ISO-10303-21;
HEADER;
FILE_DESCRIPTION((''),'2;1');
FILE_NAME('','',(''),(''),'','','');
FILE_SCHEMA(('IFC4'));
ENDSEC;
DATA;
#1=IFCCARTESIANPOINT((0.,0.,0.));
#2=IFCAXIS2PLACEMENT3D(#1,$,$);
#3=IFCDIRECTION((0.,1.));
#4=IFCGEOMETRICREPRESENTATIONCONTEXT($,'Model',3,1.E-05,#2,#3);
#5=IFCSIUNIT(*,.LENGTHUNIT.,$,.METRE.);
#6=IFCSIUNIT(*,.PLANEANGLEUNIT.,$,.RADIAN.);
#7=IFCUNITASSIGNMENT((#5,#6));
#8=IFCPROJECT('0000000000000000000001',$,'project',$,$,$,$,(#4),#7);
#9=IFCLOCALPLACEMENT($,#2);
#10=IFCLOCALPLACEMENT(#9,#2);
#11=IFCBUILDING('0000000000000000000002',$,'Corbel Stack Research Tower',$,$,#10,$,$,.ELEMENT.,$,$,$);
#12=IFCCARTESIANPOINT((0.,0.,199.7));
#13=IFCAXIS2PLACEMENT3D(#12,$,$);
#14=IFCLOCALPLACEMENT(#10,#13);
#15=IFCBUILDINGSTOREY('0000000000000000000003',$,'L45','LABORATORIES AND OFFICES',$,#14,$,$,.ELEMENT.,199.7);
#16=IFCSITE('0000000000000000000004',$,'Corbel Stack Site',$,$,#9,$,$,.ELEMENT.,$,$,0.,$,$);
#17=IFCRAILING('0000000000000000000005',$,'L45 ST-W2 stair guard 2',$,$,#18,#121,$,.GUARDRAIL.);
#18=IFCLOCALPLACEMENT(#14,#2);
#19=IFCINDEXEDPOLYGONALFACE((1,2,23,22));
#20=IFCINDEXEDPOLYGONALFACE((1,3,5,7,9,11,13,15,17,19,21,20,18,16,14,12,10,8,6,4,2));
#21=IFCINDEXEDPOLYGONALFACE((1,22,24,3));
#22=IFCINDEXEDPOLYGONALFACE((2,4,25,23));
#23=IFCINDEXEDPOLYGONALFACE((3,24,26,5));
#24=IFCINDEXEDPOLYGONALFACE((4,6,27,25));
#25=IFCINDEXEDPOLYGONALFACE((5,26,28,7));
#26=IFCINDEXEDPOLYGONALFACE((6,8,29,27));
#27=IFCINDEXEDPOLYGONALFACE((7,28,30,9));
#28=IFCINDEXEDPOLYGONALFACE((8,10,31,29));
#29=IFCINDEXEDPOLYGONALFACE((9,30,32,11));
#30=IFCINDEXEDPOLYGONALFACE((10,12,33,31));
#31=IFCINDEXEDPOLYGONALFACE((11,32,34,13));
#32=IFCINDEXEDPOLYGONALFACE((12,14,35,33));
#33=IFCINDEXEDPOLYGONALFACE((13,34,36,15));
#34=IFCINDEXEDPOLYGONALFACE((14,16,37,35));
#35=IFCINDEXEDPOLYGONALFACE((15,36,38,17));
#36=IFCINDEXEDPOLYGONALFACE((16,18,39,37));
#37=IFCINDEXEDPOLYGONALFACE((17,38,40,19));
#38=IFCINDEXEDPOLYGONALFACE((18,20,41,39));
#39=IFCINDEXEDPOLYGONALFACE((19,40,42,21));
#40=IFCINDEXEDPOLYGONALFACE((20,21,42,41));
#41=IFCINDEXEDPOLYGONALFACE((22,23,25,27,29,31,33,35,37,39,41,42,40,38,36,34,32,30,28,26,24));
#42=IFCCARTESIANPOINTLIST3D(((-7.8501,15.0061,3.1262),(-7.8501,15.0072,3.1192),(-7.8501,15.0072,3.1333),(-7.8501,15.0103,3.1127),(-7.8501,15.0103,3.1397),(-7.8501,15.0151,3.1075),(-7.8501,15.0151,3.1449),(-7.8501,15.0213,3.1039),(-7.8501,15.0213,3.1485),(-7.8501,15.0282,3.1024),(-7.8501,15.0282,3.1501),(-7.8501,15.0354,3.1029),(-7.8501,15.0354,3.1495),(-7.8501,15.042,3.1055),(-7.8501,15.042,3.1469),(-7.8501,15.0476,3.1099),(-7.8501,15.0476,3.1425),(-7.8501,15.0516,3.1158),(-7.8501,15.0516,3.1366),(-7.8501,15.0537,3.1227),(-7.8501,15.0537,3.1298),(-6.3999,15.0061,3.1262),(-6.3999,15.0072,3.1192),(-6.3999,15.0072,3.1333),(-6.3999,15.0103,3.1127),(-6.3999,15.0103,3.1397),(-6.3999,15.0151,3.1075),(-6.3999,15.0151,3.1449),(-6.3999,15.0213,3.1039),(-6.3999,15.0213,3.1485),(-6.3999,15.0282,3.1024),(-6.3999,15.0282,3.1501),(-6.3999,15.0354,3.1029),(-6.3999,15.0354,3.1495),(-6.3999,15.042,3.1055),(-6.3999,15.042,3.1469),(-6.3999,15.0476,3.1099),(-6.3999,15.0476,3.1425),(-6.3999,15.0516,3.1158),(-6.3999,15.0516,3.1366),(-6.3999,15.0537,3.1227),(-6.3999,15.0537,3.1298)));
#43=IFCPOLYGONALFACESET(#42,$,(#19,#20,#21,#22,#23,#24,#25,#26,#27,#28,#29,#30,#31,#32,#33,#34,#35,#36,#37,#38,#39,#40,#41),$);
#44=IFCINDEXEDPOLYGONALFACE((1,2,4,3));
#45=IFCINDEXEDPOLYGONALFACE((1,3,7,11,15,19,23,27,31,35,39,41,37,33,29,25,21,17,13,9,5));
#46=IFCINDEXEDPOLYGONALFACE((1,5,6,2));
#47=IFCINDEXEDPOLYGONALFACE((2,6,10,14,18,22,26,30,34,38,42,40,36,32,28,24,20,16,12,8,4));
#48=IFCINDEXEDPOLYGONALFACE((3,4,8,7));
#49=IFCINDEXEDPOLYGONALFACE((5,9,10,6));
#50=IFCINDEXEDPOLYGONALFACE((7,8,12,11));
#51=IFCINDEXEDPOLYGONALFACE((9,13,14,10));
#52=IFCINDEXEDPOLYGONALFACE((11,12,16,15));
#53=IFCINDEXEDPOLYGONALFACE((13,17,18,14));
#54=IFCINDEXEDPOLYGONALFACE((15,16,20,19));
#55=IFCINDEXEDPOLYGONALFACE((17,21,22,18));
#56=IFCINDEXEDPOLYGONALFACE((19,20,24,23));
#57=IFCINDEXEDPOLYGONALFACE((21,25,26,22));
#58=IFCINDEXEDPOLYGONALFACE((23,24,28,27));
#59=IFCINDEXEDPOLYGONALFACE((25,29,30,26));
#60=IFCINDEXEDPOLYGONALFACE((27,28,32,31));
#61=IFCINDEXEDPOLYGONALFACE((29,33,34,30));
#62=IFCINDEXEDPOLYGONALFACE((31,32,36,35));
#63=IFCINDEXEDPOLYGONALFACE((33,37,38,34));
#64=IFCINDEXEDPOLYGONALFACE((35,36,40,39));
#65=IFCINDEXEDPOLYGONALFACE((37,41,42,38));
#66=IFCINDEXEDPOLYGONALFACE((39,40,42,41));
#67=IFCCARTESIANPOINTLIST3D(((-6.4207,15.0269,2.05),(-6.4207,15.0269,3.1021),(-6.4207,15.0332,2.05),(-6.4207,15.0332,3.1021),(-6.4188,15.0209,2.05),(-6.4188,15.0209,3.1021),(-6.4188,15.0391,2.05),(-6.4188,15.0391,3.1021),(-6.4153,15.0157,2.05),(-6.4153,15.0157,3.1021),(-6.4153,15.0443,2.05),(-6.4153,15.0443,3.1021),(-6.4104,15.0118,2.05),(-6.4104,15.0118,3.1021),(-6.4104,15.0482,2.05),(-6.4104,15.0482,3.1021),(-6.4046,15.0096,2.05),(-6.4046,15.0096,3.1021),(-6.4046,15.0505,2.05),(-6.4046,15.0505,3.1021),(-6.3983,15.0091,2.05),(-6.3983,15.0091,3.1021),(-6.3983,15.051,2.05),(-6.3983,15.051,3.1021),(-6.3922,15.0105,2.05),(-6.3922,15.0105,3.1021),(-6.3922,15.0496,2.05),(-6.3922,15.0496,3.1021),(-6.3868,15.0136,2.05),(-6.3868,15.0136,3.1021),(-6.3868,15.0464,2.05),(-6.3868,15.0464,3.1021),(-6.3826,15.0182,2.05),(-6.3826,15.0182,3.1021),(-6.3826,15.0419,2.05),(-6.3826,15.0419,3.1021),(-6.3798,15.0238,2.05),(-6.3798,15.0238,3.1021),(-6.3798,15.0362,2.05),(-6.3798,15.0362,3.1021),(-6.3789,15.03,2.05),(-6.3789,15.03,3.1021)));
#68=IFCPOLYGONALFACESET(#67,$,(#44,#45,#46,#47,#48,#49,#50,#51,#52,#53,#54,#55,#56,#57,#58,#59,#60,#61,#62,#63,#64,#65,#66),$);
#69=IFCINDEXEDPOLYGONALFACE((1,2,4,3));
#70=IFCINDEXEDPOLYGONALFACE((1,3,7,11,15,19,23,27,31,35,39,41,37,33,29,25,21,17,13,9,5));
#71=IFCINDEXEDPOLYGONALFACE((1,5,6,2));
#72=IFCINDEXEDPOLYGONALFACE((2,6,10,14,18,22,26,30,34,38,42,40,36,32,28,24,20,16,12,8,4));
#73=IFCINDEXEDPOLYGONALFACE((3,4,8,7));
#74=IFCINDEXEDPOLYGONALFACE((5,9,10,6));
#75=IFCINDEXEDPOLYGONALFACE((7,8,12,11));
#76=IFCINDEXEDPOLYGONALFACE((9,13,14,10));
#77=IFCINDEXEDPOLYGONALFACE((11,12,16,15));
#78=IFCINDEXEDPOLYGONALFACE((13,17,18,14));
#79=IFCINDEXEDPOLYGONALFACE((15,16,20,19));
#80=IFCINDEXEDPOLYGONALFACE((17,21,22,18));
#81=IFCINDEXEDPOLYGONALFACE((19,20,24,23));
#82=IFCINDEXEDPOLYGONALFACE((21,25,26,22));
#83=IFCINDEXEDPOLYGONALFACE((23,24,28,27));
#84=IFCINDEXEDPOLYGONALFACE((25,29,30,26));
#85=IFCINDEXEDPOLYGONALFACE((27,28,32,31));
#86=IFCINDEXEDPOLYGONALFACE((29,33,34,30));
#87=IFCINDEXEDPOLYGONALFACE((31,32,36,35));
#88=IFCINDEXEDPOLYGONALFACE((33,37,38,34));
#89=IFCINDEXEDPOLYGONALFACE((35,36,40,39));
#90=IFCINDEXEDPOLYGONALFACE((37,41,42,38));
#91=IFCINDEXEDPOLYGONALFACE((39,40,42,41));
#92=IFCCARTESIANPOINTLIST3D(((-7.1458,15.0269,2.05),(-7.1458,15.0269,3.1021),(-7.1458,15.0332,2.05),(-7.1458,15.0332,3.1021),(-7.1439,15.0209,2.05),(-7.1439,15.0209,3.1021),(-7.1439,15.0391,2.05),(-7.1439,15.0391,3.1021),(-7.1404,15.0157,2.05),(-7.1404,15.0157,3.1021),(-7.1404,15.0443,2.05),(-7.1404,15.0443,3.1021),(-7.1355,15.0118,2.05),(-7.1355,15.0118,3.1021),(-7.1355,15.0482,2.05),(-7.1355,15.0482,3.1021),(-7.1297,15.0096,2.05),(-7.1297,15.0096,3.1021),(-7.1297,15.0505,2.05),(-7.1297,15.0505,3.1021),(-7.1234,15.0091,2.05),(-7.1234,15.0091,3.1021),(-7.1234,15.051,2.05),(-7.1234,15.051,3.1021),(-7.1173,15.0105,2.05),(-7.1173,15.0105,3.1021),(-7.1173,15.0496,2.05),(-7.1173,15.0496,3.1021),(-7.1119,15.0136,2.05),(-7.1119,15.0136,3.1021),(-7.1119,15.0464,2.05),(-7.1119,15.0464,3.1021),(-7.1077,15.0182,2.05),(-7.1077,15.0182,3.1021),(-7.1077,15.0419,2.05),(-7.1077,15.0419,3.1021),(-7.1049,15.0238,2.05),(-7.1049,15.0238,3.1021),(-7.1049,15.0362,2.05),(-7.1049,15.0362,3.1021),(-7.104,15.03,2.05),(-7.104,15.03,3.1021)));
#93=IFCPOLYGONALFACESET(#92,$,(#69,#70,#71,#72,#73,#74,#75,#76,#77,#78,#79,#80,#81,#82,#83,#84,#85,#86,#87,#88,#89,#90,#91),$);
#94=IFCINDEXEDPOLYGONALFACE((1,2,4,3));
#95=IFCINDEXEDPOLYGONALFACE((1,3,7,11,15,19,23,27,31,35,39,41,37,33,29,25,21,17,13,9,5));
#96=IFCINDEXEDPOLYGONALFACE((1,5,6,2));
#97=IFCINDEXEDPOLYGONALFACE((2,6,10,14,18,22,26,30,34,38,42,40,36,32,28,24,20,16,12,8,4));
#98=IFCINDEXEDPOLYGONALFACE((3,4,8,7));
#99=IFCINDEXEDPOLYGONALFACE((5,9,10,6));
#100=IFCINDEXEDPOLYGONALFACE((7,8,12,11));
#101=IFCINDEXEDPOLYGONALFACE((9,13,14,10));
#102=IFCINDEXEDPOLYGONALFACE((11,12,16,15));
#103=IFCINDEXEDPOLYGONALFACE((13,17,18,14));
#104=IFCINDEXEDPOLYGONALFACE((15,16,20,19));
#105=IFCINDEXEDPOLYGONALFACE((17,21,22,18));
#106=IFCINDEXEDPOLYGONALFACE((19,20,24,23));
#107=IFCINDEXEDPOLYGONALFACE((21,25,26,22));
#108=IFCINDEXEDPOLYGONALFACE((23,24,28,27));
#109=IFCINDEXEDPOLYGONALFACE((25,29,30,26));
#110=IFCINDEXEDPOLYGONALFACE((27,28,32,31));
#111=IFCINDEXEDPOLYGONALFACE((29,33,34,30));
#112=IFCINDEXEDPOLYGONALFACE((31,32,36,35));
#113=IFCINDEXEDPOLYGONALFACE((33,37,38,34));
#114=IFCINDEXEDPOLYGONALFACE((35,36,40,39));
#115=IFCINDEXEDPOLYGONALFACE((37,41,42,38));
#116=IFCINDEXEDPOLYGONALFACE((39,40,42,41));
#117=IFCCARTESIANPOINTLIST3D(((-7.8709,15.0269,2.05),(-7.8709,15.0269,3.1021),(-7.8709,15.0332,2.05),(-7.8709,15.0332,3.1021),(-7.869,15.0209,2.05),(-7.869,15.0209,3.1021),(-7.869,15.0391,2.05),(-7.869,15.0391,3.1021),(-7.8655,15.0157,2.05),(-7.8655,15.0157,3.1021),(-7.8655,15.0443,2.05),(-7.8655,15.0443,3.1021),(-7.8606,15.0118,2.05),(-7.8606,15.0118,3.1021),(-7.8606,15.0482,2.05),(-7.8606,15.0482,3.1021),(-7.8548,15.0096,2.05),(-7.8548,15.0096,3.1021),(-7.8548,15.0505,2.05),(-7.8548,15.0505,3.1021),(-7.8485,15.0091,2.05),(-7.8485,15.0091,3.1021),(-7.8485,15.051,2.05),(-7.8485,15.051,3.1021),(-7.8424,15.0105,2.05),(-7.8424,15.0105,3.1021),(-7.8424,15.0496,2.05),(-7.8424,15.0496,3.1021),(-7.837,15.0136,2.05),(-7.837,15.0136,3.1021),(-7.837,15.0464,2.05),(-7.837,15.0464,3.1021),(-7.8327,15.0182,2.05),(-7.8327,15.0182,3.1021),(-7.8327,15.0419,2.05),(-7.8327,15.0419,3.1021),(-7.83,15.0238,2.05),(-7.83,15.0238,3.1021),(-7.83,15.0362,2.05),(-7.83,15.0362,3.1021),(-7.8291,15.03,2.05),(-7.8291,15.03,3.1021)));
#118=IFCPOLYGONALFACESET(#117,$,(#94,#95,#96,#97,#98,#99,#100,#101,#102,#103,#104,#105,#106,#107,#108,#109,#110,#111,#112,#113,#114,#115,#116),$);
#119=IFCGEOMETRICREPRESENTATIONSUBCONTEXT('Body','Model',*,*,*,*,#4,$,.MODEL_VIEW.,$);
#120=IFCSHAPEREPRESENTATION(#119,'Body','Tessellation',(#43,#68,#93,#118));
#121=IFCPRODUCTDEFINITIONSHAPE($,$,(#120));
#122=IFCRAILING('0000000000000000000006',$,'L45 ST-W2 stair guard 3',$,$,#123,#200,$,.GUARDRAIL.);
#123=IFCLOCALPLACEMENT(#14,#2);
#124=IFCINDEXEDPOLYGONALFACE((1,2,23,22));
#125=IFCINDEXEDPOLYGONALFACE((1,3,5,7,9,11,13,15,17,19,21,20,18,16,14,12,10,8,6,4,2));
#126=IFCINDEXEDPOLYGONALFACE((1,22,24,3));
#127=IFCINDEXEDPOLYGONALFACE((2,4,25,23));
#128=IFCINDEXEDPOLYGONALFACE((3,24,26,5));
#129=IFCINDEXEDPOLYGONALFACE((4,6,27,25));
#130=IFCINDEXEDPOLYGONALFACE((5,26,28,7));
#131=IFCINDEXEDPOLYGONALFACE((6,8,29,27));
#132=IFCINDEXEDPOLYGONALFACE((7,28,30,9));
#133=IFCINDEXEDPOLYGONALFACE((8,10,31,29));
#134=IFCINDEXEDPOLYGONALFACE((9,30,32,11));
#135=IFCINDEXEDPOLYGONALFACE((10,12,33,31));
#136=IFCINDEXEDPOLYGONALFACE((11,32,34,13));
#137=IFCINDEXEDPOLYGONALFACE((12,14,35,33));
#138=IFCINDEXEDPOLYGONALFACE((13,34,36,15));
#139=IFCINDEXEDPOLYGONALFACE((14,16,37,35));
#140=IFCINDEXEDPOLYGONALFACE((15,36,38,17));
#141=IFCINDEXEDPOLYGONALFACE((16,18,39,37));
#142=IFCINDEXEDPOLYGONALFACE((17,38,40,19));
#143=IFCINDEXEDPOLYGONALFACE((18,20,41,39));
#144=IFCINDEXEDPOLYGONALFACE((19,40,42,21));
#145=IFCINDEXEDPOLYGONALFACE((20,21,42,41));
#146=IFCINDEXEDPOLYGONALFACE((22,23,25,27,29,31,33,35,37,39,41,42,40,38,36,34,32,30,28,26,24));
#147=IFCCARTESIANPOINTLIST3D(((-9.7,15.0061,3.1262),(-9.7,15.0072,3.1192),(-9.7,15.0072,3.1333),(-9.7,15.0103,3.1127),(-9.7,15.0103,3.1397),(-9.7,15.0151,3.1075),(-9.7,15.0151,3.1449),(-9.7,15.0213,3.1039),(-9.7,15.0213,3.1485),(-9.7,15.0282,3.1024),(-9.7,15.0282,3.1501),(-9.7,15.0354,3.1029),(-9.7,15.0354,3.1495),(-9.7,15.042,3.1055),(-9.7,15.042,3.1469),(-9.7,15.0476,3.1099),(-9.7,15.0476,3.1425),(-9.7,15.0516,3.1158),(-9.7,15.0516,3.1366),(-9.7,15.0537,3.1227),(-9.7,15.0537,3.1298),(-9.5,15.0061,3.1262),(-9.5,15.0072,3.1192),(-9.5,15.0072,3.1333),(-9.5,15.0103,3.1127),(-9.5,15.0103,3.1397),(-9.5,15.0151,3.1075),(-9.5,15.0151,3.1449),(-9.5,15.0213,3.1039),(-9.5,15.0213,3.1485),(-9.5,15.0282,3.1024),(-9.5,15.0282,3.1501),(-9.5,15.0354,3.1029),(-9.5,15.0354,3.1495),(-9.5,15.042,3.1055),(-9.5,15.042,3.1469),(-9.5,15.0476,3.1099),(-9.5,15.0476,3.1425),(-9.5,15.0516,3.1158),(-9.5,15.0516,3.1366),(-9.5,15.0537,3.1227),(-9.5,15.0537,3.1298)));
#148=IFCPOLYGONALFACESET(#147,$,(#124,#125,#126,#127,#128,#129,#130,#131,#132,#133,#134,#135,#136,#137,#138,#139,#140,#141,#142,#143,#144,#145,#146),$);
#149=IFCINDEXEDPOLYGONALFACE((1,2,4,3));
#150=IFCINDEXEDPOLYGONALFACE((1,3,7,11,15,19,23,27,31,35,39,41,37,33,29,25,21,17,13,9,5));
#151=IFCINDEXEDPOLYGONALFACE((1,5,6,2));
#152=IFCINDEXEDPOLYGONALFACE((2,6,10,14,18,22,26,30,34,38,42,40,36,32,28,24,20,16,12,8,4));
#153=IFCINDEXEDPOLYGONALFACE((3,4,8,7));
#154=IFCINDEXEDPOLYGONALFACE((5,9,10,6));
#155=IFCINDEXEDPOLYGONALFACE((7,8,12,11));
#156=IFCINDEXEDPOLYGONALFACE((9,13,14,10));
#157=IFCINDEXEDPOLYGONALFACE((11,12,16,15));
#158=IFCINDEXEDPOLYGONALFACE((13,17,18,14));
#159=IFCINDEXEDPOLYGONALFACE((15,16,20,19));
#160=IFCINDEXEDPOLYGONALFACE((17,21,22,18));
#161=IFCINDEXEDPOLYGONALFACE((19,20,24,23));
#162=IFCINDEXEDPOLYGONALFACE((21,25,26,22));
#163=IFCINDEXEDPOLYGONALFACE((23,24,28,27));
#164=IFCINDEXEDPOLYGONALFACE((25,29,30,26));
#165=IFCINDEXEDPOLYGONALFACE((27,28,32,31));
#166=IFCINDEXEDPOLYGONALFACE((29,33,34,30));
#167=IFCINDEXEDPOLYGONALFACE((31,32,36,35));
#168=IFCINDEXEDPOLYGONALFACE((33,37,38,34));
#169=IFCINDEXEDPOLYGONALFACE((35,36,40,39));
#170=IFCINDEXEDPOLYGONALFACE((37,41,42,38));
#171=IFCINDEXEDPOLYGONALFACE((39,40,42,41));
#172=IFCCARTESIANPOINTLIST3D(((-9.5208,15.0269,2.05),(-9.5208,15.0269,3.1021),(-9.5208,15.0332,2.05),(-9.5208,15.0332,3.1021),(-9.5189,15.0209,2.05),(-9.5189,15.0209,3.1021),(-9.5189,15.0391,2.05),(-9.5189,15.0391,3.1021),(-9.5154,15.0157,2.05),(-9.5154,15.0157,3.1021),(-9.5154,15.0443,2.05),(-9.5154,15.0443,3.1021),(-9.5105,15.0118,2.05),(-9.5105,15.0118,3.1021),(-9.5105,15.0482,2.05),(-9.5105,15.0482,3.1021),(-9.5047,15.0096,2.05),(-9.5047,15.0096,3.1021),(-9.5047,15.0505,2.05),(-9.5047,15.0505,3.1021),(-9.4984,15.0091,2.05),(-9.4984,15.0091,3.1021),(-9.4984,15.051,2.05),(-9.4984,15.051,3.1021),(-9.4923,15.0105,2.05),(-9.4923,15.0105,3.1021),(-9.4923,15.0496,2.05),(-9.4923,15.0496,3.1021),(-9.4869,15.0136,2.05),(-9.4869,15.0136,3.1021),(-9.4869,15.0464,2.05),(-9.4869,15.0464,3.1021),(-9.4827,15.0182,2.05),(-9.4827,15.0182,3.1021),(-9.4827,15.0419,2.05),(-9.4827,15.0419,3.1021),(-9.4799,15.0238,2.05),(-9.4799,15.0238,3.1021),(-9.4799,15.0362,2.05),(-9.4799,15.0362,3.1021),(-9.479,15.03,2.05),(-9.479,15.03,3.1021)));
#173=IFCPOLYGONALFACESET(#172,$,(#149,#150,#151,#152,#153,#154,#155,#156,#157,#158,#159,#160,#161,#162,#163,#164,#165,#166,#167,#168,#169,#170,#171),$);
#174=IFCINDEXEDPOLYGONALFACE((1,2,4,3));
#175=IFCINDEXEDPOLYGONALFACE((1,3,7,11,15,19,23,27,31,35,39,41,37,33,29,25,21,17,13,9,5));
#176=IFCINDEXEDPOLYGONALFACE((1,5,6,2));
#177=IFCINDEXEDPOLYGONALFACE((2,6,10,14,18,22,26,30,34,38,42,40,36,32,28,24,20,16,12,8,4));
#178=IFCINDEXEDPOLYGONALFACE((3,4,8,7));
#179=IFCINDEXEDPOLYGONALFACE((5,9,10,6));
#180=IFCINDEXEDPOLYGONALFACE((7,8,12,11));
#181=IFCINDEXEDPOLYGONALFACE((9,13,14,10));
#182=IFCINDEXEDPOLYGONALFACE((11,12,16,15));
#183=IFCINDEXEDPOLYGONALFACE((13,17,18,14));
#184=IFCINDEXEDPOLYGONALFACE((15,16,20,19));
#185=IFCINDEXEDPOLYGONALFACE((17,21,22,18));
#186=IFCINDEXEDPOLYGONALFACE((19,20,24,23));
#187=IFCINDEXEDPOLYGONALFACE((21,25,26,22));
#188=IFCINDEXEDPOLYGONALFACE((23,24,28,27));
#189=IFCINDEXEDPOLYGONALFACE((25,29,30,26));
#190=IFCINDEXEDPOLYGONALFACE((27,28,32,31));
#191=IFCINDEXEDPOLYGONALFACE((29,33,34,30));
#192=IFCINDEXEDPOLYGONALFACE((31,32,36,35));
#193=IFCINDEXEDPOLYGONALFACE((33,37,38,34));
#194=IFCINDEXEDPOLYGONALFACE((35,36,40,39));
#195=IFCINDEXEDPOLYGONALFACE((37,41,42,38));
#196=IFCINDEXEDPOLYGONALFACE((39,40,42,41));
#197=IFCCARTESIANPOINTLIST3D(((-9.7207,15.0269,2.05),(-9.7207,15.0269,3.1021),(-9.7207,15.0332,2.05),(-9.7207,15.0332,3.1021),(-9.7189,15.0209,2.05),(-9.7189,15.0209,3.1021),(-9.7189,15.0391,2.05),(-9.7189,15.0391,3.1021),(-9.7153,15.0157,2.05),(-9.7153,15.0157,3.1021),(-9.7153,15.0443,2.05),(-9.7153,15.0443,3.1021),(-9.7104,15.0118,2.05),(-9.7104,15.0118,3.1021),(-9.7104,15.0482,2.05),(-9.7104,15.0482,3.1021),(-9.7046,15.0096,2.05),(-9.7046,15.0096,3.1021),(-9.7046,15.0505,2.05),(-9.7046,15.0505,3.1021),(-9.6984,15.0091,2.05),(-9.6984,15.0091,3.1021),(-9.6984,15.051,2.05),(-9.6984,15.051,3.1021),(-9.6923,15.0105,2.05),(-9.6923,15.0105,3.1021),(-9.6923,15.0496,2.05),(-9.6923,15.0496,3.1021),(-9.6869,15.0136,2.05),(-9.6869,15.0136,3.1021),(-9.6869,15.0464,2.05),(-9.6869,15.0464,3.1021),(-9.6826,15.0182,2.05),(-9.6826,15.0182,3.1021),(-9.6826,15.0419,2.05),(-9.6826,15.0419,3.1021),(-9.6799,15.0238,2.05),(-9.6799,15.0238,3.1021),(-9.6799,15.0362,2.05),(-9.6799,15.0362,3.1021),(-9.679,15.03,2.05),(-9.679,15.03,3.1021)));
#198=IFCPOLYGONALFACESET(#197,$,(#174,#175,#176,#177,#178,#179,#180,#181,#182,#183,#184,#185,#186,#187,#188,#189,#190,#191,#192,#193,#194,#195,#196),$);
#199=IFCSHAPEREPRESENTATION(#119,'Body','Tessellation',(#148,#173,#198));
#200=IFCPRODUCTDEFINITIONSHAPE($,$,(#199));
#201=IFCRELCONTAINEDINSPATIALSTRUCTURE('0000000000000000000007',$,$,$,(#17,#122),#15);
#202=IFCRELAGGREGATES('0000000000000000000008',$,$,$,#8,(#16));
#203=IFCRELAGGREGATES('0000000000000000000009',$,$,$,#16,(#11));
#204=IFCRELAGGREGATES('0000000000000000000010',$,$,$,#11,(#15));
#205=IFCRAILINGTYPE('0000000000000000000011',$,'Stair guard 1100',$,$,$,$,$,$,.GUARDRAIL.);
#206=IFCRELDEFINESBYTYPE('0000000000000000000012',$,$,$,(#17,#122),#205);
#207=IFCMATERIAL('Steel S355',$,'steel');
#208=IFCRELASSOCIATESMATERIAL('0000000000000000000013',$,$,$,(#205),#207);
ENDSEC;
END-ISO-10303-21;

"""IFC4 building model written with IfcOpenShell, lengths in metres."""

from ifc_helpers import new_model, si_unit, direction, frame, origin, origin_2d, place, context, subcontext, project, spatial, circle, extrude, material, type_object, element, save


model = new_model("IFC4")

# Units and contexts
model_context = context("Model", 3, precision=1e-05, world=origin(), true_north=direction((0.0, 1.0)))
body_context = subcontext(model_context, "Body", "Model", "MODEL_VIEW")
ifc_project = project(units=[si_unit("LENGTHUNIT", "METRE"), si_unit("PLANEANGLEUNIT", "RADIAN")], contexts=[model_context])

# Site, building, storey
site_placement = place(None, origin())
site = spatial("IfcSite", under=ifc_project, at=site_placement, Name="Corbel Stack Site", CompositionType="ELEMENT", RefElevation=0.0)
building_placement = place(site_placement, origin())
building = spatial("IfcBuilding", under=site, at=building_placement, Name="Corbel Stack Research Tower", CompositionType="ELEMENT")
storey_placement = place(building_placement, frame((0.0, 0.0, 199.7)))
storey = spatial("IfcBuildingStorey", under=building, at=storey_placement, Name="L45", Description="LABORATORIES AND OFFICES", CompositionType="ELEMENT", Elevation=199.7)

# Railings
ifc_material_1 = material(Name="Steel S355", Category="steel")
railing_type_1 = type_object("IfcRailingType", Name="Stair guard 1100", PredefinedType="GUARDRAIL", material=ifc_material_1)
railing_1_placement = place(storey_placement, frame((-6.3999, 15.03, 2.05)))
element("IfcRailing", 1, at=railing_1_placement, inside=storey, type_object=railing_type_1, Name="L45 ST-W2 stair guard 2", PredefinedType="GUARDRAIL", context=body_context, shape_type="SweptSolid", body=[
    extrude(circle(Radius=0.0239, at=origin_2d()), frame((0.0, 0.0, 1.0762), z_axis=(-1.0, 0.0, 0.0), x_axis=(0.0, -1.0, 0.0)), (0.0, 0.0, 1.0), 1.4502),
    extrude(circle(Radius=0.021, at=origin_2d()), origin(), (0.0, 0.0, 1.0), 1.052),
    extrude(circle(Radius=0.021, at=origin_2d()), frame((-0.7251, 0.0, 0.0)), (0.0, 0.0, 1.0), 1.052),
    extrude(circle(Radius=0.021, at=origin_2d()), frame((-1.4502, 0.0, 0.0)), (0.0, 0.0, 1.0), 1.052),
])
railing_2_placement = place(storey_placement, frame((-9.5, 15.03, 2.05)))
element("IfcRailing", 2, at=railing_2_placement, inside=storey, type_object=railing_type_1, Name="L45 ST-W2 stair guard 3", PredefinedType="GUARDRAIL", context=body_context, shape_type="SweptSolid", body=[
    extrude(circle(Radius=0.0239, at=origin_2d()), frame((0.0, 0.0, 1.0762), z_axis=(-1.0, 0.0, 0.0), x_axis=(0.0, -1.0, 0.0)), (0.0, 0.0, 1.0), 0.2),
    extrude(circle(Radius=0.021, at=origin_2d()), origin(), (0.0, 0.0, 1.0), 1.052),
    extrude(circle(Radius=0.021, at=origin_2d()), frame((-0.2, 0.0, 0.0)), (0.0, 0.0, 1.0), 1.052),
])

save(model, "model.ifc")
